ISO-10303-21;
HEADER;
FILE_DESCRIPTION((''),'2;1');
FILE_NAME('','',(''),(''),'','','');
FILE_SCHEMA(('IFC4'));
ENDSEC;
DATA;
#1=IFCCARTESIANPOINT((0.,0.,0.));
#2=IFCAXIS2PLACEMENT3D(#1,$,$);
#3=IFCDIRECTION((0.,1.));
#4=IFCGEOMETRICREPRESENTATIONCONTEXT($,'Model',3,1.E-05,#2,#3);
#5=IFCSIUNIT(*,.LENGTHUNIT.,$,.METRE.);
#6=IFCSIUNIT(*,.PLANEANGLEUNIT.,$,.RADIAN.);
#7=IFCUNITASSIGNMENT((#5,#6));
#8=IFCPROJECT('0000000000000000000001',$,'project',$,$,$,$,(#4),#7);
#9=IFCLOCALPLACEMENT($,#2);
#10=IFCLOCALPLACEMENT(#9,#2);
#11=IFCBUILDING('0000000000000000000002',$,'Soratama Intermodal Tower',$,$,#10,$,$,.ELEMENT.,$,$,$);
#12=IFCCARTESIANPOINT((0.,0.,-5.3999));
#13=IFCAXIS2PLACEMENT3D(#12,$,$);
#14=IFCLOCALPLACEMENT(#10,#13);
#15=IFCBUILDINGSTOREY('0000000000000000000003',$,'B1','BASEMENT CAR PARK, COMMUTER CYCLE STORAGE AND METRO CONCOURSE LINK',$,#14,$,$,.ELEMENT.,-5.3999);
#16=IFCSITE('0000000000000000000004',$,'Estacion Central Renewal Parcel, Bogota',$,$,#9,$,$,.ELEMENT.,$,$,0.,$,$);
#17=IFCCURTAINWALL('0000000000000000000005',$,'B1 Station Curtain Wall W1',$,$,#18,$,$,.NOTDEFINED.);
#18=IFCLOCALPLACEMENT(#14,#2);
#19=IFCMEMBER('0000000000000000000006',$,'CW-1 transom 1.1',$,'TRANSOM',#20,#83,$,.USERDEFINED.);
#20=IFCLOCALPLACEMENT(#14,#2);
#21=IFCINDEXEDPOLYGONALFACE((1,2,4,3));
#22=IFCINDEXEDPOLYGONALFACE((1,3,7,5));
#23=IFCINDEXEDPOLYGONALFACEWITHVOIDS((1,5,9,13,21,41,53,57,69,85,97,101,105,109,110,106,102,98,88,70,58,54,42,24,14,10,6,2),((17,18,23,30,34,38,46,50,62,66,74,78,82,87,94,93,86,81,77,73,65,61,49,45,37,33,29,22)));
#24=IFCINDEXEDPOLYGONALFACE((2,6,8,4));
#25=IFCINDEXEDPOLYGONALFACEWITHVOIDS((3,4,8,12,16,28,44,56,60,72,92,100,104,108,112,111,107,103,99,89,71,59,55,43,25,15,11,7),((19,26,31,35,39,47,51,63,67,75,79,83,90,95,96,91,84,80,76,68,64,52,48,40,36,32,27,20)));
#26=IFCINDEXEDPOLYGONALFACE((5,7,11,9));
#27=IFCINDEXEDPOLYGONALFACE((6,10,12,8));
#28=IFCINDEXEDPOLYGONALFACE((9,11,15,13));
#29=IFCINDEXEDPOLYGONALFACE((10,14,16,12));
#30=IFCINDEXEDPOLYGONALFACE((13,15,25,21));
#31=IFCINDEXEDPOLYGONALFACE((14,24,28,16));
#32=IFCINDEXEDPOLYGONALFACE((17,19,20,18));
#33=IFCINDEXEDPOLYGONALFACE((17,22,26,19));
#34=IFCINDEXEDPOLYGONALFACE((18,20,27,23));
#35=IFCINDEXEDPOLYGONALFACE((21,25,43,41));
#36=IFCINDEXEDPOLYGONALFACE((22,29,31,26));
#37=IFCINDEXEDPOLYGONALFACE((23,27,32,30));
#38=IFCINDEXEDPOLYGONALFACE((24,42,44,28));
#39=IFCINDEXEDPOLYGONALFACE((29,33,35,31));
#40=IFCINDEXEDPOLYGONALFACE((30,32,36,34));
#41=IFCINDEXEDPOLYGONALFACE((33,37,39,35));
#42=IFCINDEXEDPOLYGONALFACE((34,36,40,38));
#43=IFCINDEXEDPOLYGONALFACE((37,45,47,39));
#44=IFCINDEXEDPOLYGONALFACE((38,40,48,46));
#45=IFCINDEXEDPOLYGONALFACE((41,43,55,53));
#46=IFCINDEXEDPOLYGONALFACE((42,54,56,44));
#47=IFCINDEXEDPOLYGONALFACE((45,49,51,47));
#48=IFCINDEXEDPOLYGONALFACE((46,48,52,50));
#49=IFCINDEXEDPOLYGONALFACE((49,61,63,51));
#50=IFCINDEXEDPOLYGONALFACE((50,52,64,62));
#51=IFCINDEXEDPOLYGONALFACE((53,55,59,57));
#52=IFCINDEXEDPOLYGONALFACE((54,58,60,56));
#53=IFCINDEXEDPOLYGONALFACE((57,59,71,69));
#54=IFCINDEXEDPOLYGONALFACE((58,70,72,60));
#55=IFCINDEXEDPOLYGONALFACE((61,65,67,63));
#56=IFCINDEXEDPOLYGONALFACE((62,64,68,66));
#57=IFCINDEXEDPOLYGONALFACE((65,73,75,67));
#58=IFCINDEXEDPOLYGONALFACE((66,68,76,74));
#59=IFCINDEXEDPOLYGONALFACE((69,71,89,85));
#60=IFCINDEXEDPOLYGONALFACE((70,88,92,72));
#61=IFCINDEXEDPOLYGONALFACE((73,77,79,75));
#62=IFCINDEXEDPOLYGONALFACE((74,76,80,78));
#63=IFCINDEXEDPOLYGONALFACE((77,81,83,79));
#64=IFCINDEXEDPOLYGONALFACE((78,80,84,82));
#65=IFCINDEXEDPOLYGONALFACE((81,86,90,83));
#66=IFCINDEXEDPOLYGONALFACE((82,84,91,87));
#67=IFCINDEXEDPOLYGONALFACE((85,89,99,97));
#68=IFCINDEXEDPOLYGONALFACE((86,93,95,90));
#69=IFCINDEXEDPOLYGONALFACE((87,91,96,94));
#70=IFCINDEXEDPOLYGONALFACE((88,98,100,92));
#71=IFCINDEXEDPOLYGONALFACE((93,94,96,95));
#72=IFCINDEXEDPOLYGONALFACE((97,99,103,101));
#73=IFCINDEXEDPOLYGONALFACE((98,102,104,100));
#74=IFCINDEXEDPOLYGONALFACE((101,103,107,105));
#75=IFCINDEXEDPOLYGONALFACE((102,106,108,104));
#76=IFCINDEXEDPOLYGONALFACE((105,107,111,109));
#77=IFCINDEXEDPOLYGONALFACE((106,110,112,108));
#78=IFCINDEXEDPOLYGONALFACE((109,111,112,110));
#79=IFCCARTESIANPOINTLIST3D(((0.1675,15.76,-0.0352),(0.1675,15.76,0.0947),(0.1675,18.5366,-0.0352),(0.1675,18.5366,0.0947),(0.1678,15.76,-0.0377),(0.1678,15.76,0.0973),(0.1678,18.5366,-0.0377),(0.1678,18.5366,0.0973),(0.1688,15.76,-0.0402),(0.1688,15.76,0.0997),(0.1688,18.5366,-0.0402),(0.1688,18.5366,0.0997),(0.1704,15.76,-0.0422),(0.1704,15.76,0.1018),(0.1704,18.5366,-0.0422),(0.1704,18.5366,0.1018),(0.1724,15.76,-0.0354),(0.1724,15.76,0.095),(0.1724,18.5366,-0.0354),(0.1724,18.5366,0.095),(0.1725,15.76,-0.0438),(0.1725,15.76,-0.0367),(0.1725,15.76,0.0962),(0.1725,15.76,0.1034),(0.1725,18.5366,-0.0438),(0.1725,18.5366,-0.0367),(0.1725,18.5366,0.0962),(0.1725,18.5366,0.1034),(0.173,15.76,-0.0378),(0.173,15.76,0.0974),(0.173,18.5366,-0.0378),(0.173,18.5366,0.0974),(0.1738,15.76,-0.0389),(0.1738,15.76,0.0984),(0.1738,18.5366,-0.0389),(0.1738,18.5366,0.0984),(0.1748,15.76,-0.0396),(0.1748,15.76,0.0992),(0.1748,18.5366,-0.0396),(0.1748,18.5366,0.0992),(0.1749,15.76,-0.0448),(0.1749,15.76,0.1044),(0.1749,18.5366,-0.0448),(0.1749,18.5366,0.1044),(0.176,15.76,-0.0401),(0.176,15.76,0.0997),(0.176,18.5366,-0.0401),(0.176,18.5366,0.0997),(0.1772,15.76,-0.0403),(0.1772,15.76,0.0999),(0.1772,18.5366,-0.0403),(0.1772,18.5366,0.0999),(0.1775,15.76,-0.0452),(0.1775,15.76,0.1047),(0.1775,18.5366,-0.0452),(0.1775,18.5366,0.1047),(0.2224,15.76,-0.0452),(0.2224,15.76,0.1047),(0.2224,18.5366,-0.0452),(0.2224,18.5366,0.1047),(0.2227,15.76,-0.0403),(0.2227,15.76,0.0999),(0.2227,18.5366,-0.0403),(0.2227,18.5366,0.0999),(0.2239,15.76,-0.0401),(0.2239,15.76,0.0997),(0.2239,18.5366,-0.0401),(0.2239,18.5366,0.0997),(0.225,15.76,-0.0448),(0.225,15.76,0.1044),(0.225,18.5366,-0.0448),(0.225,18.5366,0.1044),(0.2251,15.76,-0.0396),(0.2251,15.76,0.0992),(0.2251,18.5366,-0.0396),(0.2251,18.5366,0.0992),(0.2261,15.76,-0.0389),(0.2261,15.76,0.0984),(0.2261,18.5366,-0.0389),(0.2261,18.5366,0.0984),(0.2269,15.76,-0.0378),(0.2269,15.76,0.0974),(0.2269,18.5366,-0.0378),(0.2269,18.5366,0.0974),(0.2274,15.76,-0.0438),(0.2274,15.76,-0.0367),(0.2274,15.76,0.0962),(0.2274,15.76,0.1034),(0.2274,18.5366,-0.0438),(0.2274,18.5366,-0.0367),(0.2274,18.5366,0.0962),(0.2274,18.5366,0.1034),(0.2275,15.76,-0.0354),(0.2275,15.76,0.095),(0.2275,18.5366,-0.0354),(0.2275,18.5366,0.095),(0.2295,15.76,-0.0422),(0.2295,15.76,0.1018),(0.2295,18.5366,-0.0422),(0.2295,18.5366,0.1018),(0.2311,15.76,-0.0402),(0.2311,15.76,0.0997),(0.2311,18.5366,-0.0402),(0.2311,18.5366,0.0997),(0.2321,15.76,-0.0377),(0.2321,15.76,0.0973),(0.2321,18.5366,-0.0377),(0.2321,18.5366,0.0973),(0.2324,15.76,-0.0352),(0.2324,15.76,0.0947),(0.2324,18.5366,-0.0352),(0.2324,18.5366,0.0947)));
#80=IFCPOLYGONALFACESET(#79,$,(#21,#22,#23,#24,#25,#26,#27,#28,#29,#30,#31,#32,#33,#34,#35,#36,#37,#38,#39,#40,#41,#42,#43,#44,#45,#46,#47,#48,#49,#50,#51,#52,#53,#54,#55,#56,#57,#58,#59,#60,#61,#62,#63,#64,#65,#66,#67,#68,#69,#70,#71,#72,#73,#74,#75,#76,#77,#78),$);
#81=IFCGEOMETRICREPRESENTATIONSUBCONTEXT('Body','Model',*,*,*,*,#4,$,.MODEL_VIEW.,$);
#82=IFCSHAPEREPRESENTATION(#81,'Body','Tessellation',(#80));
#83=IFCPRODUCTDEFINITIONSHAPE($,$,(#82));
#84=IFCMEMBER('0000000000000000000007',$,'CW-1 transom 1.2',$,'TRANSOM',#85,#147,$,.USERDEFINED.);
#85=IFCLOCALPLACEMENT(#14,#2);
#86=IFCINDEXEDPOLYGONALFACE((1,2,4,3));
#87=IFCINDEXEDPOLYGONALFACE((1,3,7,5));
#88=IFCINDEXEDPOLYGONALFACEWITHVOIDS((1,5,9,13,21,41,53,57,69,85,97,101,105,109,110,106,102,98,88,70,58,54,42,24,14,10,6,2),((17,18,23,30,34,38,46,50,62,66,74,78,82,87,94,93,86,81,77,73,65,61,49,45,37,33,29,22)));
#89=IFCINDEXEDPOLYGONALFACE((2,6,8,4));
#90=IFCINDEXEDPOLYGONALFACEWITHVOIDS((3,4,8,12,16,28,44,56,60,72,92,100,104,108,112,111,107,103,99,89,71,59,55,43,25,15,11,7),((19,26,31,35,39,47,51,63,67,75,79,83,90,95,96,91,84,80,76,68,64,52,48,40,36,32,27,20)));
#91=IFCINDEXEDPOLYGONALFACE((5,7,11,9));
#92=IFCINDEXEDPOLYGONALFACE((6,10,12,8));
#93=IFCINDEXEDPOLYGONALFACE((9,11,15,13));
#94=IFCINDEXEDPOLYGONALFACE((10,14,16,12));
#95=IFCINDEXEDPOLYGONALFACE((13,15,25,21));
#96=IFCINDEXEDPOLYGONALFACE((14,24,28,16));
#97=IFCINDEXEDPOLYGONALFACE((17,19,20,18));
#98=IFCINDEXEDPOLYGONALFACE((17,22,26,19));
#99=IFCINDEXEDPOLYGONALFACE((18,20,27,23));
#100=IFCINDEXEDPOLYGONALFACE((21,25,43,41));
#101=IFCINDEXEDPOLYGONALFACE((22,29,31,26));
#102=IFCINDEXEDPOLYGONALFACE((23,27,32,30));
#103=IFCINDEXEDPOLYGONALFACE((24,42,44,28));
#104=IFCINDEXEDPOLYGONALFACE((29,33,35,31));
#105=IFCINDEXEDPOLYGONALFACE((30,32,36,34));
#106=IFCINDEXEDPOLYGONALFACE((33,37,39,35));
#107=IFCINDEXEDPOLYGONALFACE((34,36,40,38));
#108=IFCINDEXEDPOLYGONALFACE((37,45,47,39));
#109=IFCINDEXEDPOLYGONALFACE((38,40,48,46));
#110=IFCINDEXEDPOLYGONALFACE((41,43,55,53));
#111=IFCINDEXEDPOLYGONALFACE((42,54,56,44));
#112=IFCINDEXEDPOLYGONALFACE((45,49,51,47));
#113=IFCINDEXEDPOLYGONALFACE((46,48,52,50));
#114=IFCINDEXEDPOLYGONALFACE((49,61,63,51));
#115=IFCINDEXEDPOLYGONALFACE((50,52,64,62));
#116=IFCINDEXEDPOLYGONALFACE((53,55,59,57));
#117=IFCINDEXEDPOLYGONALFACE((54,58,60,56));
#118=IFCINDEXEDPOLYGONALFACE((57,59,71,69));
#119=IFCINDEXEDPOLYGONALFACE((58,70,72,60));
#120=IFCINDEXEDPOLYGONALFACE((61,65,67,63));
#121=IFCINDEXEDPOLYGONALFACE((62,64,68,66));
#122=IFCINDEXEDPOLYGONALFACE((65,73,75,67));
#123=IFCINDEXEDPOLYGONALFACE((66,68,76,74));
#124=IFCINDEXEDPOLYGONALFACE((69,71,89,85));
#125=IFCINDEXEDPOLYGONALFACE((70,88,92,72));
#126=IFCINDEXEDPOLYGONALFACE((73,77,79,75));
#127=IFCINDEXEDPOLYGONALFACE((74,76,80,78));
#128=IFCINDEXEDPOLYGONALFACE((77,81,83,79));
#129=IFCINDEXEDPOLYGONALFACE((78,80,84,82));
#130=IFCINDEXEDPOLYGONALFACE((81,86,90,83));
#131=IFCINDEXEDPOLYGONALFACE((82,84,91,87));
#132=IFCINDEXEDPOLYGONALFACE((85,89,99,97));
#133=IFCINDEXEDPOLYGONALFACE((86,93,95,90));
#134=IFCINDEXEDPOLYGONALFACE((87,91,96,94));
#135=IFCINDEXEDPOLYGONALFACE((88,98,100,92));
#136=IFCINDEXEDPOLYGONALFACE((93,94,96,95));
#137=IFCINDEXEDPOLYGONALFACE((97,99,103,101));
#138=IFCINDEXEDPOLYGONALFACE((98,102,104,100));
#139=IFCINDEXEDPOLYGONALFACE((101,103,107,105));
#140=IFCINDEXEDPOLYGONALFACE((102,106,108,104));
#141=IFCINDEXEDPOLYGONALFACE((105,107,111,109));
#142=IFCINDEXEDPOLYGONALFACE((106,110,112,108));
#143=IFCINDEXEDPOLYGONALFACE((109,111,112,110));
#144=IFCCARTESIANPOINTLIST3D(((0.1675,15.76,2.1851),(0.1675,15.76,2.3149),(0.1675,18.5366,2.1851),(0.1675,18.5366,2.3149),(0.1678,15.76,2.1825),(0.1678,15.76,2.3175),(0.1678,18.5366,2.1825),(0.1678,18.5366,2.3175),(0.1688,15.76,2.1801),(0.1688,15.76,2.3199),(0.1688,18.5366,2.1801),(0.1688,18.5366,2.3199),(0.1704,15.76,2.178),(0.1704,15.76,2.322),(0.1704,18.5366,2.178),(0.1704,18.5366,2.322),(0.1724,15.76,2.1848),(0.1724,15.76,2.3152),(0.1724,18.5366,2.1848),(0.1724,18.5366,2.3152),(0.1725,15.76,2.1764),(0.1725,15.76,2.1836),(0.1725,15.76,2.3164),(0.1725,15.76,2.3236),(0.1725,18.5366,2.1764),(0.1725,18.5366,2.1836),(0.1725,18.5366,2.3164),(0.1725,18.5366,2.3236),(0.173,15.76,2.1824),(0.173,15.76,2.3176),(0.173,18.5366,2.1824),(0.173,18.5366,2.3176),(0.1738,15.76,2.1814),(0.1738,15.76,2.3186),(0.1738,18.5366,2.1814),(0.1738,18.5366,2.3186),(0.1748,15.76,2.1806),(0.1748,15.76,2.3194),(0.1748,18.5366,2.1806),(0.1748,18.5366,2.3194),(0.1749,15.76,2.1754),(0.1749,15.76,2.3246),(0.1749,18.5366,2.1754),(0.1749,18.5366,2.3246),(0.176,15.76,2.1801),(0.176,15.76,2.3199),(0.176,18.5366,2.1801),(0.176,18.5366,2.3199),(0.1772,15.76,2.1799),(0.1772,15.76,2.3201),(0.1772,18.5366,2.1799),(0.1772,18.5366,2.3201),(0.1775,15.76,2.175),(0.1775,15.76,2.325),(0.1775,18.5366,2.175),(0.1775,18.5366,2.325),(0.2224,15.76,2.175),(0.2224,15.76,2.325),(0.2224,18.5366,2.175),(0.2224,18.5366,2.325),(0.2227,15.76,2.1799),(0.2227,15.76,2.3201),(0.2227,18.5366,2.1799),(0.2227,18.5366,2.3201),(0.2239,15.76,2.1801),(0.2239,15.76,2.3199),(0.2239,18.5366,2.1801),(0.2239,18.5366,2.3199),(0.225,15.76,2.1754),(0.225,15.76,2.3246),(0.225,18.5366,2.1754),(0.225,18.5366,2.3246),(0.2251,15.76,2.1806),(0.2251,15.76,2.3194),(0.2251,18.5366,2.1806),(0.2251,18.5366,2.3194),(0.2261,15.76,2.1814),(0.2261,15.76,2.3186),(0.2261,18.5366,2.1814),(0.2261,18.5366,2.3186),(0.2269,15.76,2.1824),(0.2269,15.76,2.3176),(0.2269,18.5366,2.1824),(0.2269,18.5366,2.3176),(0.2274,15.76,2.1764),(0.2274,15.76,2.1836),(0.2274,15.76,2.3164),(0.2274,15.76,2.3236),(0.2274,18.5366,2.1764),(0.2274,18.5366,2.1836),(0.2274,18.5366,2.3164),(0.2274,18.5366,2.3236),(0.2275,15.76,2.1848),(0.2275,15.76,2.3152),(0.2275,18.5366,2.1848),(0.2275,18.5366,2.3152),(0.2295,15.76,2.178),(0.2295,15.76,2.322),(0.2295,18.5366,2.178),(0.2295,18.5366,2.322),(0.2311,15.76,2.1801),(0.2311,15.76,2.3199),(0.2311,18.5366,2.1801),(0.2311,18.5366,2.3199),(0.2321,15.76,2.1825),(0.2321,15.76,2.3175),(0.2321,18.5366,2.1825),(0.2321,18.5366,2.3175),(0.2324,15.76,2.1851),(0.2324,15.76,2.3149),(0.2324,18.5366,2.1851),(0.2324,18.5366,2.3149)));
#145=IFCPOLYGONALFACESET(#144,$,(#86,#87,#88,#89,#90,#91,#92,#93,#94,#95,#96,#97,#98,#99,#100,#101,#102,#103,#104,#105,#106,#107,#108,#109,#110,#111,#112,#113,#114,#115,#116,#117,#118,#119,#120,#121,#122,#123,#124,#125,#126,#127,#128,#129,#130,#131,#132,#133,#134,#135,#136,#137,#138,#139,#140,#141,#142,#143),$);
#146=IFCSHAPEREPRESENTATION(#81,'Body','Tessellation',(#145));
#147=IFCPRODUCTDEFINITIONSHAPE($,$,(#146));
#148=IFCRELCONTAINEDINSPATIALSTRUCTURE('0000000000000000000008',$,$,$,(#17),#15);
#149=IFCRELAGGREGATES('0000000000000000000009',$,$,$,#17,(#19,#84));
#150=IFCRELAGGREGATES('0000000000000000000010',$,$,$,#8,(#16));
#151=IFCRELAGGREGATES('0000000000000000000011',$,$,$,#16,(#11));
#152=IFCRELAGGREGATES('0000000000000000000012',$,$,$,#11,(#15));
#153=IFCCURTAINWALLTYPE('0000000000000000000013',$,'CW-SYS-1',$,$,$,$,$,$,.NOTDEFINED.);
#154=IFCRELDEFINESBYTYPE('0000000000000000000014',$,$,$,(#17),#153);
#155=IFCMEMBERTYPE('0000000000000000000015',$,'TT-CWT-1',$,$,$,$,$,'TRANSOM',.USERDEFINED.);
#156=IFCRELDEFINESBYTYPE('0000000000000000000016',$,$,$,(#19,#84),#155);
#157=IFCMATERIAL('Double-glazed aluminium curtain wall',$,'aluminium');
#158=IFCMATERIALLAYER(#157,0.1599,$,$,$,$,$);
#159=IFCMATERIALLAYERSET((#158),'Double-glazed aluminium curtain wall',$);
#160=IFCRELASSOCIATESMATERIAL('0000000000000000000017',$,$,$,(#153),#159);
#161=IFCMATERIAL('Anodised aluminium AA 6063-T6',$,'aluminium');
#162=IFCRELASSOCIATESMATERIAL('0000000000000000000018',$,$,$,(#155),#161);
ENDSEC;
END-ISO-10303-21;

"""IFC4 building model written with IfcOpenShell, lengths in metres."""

from ifc_helpers import new_model, si_unit, direction, frame, origin, origin_2d, place, context, subcontext, project, spatial, hollow_rectangle, extrude, material, layer, layer_set, material_profile, profile_set, type_object, element, aggregate, save


model = new_model("IFC4")

# Units and contexts
model_context = context("Model", 3, precision=1e-05, world=origin(), true_north=direction((0.0, 1.0)))
body_context = subcontext(model_context, "Body", "Model", "MODEL_VIEW")
ifc_project = project(units=[si_unit("LENGTHUNIT", "METRE"), si_unit("PLANEANGLEUNIT", "RADIAN")], contexts=[model_context])

# Site, building, storey
site_placement = place(None, origin())
site = spatial("IfcSite", under=ifc_project, at=site_placement, Name="Estacion Central Renewal Parcel, Bogota", CompositionType="ELEMENT", RefElevation=0.0)
building_placement = place(site_placement, origin())
building = spatial("IfcBuilding", under=site, at=building_placement, Name="Soratama Intermodal Tower", CompositionType="ELEMENT")
storey_placement = place(building_placement, frame((0.0, 0.0, -5.3999)))
storey = spatial("IfcBuildingStorey", under=building, at=storey_placement, Name="B1", Description="BASEMENT CAR PARK, COMMUTER CYCLE STORAGE AND METRO CONCOURSE LINK", CompositionType="ELEMENT", Elevation=-5.3999)

# Curtain wall, members
ifc_material_1 = material(Name="Double-glazed aluminium curtain wall", Category="aluminium")
ifc_layer_1 = layer(ifc_material_1, 0.1599)
ifc_layer_set_1 = layer_set([ifc_layer_1], Name="Double-glazed aluminium curtain wall")
curtain_wall_type = type_object("IfcCurtainWallType", Name="CW-SYS-1", PredefinedType="NOTDEFINED", material=ifc_layer_set_1)
curtain_wall_placement = place(storey_placement, origin())
curtain_wall = element("IfcCurtainWall", 1, at=curtain_wall_placement, inside=storey, type_object=curtain_wall_type, Name="B1 Station Curtain Wall W1", PredefinedType="NOTDEFINED")
ifc_material_2 = material(Name="Anodised aluminium AA 6063-T6", Category="aluminium")
ifc_material_profile_1 = material_profile(ifc_material_2, hollow_rectangle(XDim=0.0649, YDim=0.1499, WallThickness=0.0049, InnerFilletRadius=0.0049, OuterFilletRadius=0.01, at=origin_2d()), Name="CWT150X65X5")
ifc_profile_set_1 = profile_set([ifc_material_profile_1], Name="Anodised aluminium AA 6063-T6")
member_type_1 = type_object("IfcMemberType", Name="TT-CWT-1", ElementType="TRANSOM", PredefinedType="USERDEFINED", material=ifc_profile_set_1)
member_1_placement = place(storey_placement, frame((0.2, 15.76, 0.0298), z_axis=(0.0, 1.0, 0.0), x_axis=(-1.0, 0.0, 0.0)))
member_1 = element("IfcMember", 2, at=member_1_placement, type_object=member_type_1, Name="CW-1 transom 1.1", ObjectType="TRANSOM", PredefinedType="USERDEFINED", context=body_context, shape_type="SweptSolid", body=[
    extrude(hollow_rectangle(XDim=0.0649, YDim=0.1499, WallThickness=0.0049, InnerFilletRadius=0.0049, OuterFilletRadius=0.01, at=origin_2d()), origin(), (0.0, 0.0, 1.0), 2.7766),
])
member_2_placement = place(storey_placement, frame((0.2, 15.76, 2.25), z_axis=(0.0, 1.0, 0.0), x_axis=(-1.0, 0.0, 0.0)))
member_2 = element("IfcMember", 3, at=member_2_placement, type_object=member_type_1, Name="CW-1 transom 1.2", ObjectType="TRANSOM", PredefinedType="USERDEFINED", context=body_context, shape_type="SweptSolid", body=[
    extrude(hollow_rectangle(XDim=0.0649, YDim=0.1499, WallThickness=0.0049, InnerFilletRadius=0.0049, OuterFilletRadius=0.01, at=origin_2d()), origin(), (0.0, 0.0, 1.0), 2.7766),
])
aggregate(curtain_wall, [member_1, member_2])

save(model, "model.ifc")
